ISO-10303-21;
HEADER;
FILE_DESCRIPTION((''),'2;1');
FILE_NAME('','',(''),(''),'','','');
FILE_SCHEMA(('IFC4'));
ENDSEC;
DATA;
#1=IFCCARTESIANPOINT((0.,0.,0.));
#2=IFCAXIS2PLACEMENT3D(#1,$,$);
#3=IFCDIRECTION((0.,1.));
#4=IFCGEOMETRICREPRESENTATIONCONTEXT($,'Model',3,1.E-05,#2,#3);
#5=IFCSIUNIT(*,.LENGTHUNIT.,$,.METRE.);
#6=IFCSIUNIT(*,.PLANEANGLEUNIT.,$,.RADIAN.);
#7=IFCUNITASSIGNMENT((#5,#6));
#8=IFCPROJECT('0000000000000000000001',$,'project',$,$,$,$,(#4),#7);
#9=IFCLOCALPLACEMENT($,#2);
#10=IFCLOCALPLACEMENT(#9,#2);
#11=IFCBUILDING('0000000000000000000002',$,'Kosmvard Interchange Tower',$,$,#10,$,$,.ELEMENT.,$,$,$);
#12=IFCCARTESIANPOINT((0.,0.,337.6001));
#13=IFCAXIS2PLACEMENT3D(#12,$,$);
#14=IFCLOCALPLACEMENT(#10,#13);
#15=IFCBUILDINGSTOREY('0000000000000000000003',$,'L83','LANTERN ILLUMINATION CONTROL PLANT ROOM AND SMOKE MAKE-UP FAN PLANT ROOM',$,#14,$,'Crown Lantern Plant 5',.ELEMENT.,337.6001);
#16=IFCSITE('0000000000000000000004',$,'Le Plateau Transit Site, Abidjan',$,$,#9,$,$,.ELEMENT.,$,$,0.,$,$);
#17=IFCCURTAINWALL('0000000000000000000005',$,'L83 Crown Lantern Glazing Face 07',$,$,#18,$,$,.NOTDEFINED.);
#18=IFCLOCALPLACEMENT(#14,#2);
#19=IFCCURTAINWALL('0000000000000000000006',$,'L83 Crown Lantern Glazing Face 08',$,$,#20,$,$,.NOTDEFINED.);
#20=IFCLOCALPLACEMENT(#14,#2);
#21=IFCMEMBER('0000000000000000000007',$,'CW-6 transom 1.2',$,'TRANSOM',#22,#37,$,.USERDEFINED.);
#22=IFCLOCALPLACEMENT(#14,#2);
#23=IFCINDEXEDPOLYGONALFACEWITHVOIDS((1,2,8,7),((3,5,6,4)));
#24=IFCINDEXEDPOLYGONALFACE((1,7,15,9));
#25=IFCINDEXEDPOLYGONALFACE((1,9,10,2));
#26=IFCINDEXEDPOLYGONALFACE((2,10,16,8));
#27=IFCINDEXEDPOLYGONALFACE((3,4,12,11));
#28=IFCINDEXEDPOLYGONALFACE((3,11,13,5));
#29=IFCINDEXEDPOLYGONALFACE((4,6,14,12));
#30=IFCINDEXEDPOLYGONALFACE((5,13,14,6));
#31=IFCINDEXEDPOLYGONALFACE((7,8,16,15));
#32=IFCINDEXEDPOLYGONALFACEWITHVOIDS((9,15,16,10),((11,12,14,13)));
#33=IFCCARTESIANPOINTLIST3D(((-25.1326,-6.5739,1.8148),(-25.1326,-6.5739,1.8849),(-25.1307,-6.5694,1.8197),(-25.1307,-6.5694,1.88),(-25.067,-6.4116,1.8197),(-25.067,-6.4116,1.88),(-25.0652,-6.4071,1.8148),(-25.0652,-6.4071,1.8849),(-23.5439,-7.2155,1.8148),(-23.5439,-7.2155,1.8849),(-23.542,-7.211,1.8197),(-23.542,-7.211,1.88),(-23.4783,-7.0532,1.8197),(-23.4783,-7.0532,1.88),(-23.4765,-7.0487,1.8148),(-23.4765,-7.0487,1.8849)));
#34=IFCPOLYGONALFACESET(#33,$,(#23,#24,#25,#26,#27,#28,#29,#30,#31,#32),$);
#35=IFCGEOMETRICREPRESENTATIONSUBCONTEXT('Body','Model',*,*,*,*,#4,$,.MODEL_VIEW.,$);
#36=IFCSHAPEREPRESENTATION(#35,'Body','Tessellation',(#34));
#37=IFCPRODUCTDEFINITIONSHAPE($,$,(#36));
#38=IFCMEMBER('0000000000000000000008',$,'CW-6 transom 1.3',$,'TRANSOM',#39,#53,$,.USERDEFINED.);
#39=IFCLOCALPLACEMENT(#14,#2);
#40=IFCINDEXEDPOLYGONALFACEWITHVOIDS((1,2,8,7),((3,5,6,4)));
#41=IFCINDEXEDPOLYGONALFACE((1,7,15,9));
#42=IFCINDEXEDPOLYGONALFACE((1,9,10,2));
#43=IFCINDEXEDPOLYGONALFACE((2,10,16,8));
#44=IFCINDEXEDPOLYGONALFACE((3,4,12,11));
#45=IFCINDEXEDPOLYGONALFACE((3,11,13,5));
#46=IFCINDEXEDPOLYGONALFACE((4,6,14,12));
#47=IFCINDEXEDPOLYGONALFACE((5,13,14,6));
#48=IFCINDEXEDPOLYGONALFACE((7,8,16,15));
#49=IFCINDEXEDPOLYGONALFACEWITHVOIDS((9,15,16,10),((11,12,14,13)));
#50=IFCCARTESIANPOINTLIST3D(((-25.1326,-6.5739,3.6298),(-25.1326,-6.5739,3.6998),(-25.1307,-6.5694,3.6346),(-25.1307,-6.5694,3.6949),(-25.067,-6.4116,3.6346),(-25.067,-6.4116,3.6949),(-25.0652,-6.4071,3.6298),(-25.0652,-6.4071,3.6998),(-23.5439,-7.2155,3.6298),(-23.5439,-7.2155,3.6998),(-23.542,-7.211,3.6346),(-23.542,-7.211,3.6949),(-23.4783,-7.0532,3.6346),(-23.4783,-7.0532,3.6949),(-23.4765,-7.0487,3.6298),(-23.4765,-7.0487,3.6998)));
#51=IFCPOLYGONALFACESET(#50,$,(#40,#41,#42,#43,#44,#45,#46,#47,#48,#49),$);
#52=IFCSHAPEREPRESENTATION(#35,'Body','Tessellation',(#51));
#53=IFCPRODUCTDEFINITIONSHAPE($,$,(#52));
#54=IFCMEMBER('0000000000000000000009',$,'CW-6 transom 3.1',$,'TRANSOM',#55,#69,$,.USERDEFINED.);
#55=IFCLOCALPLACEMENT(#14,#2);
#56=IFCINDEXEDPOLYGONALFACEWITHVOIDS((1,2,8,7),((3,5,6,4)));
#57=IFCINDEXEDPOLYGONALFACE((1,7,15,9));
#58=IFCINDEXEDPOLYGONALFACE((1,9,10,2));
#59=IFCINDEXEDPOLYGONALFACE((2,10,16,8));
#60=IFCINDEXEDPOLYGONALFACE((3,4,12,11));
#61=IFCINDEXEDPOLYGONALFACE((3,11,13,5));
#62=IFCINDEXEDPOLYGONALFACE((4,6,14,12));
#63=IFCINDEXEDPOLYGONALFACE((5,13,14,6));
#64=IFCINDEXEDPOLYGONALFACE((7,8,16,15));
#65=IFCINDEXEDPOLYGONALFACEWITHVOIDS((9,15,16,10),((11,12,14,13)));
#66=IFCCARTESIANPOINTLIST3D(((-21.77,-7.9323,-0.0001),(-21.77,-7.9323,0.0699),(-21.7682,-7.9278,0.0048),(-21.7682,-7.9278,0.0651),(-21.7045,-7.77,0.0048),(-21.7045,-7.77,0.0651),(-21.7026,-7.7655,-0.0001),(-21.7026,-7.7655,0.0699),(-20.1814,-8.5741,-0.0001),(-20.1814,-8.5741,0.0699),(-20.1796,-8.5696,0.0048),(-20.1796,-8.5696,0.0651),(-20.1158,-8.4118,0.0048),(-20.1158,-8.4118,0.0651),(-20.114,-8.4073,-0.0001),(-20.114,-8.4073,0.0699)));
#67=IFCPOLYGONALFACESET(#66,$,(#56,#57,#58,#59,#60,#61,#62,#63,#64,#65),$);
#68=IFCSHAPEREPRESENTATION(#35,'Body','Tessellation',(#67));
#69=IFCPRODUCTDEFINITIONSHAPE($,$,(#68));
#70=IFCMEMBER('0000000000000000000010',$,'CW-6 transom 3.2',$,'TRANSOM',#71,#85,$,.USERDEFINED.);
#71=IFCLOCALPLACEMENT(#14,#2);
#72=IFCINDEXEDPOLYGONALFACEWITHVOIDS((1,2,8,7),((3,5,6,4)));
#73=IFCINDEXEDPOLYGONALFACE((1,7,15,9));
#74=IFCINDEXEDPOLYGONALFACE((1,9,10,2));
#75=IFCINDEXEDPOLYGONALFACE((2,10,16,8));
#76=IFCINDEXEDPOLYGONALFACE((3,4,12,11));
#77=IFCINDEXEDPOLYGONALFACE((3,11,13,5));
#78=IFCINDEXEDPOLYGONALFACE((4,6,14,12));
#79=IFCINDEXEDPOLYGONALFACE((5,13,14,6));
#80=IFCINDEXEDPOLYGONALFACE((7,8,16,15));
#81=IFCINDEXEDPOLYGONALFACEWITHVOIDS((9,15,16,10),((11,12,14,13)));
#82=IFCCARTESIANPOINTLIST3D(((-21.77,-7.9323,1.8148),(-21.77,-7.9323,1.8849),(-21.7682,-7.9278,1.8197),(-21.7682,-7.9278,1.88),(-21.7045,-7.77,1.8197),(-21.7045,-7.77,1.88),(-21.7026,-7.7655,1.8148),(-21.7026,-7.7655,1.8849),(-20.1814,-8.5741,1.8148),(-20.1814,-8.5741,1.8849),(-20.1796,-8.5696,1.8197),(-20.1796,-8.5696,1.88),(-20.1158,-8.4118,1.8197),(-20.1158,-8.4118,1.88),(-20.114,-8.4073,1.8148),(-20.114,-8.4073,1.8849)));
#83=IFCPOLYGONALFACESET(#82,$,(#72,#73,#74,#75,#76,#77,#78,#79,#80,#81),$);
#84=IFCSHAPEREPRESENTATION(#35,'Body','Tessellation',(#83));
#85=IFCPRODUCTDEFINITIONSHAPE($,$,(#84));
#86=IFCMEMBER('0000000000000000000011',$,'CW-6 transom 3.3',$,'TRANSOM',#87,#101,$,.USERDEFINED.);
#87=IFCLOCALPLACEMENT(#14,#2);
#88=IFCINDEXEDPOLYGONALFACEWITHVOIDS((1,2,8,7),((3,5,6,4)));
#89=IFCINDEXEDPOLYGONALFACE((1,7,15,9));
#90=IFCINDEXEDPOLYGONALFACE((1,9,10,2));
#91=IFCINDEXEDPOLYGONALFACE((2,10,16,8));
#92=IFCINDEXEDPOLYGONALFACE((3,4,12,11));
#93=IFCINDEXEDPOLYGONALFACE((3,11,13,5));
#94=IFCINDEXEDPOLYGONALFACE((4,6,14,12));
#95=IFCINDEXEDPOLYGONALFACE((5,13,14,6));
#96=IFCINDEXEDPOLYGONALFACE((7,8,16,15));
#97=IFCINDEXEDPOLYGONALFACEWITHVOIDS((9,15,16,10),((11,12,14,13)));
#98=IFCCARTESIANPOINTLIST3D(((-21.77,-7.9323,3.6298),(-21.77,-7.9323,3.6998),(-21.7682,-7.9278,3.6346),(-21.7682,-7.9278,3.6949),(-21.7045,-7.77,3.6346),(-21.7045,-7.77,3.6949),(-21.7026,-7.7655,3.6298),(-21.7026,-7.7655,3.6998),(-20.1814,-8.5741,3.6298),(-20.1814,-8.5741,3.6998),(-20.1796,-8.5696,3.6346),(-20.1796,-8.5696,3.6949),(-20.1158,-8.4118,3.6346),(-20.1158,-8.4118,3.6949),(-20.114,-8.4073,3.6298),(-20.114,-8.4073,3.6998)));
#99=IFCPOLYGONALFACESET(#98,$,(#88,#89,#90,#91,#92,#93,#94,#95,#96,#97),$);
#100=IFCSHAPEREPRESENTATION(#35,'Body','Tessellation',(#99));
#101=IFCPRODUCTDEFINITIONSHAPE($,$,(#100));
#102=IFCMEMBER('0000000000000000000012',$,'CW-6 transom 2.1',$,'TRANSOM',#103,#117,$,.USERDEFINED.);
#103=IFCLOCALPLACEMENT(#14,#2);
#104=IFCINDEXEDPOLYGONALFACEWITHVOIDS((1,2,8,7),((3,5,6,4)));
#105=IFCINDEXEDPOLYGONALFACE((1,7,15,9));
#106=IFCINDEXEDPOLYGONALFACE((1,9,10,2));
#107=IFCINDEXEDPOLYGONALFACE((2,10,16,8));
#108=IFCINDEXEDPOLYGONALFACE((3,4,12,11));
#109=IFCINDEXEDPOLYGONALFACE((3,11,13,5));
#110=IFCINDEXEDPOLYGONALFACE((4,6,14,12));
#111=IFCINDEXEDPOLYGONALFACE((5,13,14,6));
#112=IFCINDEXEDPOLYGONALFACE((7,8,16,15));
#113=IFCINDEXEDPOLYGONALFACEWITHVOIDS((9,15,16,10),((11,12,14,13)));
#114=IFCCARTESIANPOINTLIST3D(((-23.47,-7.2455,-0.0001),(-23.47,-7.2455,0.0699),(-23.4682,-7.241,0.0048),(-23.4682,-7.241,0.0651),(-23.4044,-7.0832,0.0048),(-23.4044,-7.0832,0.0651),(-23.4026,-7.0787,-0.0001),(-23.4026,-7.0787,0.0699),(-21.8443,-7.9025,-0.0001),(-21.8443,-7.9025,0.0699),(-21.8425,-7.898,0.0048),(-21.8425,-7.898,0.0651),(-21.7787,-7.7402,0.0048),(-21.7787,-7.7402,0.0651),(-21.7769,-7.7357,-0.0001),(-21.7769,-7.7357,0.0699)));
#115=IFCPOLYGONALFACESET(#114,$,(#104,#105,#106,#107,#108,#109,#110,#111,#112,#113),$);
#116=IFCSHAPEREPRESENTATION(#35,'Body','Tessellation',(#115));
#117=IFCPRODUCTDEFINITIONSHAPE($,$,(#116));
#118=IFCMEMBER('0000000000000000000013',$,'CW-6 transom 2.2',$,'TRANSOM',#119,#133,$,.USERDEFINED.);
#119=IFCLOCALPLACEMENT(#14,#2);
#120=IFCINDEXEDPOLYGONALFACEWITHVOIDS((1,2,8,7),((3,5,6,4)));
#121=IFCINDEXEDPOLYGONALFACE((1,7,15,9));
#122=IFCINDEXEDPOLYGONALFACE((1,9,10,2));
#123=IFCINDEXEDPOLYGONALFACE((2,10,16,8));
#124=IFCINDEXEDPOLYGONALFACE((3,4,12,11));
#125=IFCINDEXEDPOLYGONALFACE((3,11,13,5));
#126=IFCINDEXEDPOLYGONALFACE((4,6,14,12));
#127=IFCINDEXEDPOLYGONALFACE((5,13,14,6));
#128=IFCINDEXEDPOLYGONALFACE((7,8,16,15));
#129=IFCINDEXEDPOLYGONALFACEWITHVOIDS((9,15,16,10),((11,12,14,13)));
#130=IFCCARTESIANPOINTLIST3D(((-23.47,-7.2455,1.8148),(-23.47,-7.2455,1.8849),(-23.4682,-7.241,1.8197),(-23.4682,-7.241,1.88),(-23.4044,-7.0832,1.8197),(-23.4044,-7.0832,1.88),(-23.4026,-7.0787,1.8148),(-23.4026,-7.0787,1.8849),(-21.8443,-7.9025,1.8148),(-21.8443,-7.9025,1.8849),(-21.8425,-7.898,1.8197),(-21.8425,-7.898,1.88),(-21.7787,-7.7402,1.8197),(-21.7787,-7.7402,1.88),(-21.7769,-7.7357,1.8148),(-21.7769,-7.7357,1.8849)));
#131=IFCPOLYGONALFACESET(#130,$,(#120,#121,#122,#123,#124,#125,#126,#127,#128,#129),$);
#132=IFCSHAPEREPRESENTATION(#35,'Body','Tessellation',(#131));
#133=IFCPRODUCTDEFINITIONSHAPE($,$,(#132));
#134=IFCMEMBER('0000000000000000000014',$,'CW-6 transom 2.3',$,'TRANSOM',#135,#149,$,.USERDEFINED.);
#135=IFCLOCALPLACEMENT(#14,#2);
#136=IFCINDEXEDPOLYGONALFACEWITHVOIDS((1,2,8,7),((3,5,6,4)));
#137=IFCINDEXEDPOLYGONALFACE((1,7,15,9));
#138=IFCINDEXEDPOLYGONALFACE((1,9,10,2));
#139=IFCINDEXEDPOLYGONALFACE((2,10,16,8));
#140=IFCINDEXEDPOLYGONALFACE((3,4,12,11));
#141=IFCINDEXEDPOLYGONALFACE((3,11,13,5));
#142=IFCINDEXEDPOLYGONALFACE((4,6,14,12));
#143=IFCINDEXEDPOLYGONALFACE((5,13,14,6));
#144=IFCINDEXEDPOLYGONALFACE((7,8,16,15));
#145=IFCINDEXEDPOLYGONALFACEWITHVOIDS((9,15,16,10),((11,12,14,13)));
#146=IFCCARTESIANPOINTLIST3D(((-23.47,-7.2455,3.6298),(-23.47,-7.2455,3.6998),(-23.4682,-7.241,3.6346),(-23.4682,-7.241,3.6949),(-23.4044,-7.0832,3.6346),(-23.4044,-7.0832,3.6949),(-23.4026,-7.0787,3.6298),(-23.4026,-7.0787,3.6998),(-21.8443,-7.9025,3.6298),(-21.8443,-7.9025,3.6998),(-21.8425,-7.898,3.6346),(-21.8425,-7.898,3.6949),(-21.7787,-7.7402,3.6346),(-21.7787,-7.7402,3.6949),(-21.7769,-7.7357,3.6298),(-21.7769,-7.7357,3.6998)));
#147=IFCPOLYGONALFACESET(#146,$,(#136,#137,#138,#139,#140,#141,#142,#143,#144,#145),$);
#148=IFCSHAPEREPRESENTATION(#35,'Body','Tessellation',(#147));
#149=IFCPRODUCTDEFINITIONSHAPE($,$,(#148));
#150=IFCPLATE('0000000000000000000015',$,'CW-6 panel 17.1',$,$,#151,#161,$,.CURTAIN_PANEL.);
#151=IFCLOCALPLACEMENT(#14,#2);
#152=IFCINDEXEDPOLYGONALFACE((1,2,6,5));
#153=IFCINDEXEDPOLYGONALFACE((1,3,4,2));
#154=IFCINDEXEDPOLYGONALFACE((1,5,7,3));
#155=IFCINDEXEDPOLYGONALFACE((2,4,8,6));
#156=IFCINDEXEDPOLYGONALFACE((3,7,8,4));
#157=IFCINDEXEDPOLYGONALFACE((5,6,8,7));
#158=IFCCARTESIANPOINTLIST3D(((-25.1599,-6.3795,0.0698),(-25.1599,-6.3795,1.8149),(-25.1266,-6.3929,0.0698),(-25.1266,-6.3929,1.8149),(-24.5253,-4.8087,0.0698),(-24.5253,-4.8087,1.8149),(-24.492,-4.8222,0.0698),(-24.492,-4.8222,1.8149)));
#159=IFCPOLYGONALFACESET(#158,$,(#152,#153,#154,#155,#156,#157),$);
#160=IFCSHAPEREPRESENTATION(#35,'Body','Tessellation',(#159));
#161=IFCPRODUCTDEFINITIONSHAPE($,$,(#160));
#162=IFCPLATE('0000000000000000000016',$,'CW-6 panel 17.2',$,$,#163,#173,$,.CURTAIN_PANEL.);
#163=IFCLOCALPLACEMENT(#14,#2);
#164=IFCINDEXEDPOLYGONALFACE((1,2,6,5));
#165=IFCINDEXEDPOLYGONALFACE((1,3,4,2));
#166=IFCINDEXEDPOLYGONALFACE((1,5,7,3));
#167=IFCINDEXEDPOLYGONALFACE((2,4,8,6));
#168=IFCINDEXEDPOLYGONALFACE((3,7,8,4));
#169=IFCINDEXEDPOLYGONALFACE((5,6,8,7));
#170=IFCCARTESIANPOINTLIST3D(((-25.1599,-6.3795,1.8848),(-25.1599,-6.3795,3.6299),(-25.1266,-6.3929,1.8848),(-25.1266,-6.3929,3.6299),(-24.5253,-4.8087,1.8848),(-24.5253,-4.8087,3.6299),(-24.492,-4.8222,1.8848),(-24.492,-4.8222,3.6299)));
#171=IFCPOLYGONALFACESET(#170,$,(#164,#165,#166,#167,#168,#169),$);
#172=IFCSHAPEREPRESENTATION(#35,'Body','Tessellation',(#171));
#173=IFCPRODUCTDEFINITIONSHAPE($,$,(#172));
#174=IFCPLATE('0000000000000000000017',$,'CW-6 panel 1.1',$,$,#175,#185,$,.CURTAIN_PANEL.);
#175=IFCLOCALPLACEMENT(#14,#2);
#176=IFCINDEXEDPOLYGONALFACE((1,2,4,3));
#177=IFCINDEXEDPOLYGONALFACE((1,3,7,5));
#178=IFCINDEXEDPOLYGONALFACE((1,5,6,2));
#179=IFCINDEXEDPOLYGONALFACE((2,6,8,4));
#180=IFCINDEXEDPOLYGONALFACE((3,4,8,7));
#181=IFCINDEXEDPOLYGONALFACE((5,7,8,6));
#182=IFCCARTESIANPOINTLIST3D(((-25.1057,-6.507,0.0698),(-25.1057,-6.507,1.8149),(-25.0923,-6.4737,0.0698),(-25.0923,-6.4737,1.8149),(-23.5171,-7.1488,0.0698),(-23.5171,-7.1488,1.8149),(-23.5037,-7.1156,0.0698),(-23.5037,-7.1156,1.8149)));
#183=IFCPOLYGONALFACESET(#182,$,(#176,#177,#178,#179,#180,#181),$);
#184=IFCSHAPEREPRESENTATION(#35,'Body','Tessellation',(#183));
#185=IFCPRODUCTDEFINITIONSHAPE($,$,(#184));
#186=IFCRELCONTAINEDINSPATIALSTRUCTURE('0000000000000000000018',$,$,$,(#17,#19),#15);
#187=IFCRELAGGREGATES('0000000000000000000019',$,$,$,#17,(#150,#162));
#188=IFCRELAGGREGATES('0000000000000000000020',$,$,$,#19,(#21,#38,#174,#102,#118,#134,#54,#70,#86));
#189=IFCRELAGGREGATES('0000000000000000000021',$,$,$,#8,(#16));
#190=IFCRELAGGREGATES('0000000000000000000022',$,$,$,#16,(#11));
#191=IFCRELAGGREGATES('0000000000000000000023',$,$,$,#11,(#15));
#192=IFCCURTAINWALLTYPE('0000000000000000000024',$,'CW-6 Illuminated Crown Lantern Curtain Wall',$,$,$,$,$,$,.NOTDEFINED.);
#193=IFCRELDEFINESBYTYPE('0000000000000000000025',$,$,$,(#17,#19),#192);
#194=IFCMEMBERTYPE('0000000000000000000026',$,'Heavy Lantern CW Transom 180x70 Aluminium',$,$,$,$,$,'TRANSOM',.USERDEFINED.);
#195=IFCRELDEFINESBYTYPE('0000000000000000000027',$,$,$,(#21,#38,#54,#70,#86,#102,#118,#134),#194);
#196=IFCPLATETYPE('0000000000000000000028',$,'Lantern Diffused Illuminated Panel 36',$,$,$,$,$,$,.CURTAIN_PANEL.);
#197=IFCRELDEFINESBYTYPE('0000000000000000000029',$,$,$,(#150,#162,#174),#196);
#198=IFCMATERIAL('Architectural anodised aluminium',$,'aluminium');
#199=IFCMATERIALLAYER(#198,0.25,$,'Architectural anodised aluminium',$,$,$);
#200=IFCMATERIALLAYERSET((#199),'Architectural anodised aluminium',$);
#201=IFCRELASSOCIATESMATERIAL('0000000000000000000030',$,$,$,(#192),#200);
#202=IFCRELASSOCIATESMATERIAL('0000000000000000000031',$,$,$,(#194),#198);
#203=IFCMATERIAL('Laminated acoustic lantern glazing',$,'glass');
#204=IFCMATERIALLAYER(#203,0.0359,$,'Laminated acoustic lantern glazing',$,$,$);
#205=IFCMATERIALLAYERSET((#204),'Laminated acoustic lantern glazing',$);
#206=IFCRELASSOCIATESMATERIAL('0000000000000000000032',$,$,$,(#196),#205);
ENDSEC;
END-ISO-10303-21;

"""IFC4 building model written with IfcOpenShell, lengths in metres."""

from ifc_helpers import new_model, si_unit, direction, frame, origin, origin_2d, place, context, subcontext, project, spatial, rectangle, hollow_rectangle, extrude, source, transform, mapped, material, layer, layer_set, material_profile, profile_set, type_object, element, aggregate, save


model = new_model("IFC4")

# Units and contexts
model_context = context("Model", 3, precision=1e-05, world=origin(), true_north=direction((0.0, 1.0)))
body_context = subcontext(model_context, "Body", "Model", "MODEL_VIEW")
ifc_project = project(units=[si_unit("LENGTHUNIT", "METRE"), si_unit("PLANEANGLEUNIT", "RADIAN")], contexts=[model_context])

# Site, building, storey
site_placement = place(None, origin())
site = spatial("IfcSite", under=ifc_project, at=site_placement, Name="Le Plateau Transit Site, Abidjan", CompositionType="ELEMENT", RefElevation=0.0)
building_placement = place(site_placement, origin())
building = spatial("IfcBuilding", under=site, at=building_placement, Name="Kosmvard Interchange Tower", CompositionType="ELEMENT")
storey_placement = place(building_placement, frame((0.0, 0.0, 337.6001)))
storey = spatial("IfcBuildingStorey", under=building, at=storey_placement, Name="L83", Description="LANTERN ILLUMINATION CONTROL PLANT ROOM AND SMOKE MAKE-UP FAN PLANT ROOM", LongName="Crown Lantern Plant 5", CompositionType="ELEMENT", Elevation=337.6001)

# Curtain wall
ifc_material_1 = material(Name="Architectural anodised aluminium", Category="aluminium")
ifc_layer_1 = layer(ifc_material_1, 0.25, Name="Architectural anodised aluminium")
ifc_layer_set_1 = layer_set([ifc_layer_1], Name="Architectural anodised aluminium")
curtain_wall_type = type_object("IfcCurtainWallType", Name="CW-6 Illuminated Crown Lantern Curtain Wall", PredefinedType="NOTDEFINED", material=ifc_layer_set_1)
curtain_wall_1_placement = place(storey_placement, origin())
curtain_wall_1 = element("IfcCurtainWall", 1, at=curtain_wall_1_placement, inside=storey, type_object=curtain_wall_type, Name="L83 Crown Lantern Glazing Face 07", PredefinedType="NOTDEFINED")

# Curtain wall, members
curtain_wall_2_placement = place(storey_placement, origin())
curtain_wall_2 = element("IfcCurtainWall", 2, at=curtain_wall_2_placement, inside=storey, type_object=curtain_wall_type, Name="L83 Crown Lantern Glazing Face 08", PredefinedType="NOTDEFINED")
ifc_material_profile_1 = material_profile(ifc_material_1, hollow_rectangle(XDim=0.1799, YDim=0.0701, WallThickness=0.0049, at=origin_2d()), Name="CWT 180x70x5")
ifc_profile_set_1 = profile_set([ifc_material_profile_1], Name="Architectural anodised aluminium")
member_type_1 = type_object("IfcMemberType", Name="Heavy Lantern CW Transom 180x70 Aluminium", ElementType="TRANSOM", PredefinedType="USERDEFINED", material=ifc_profile_set_1)
shared_shape_1 = source(origin(), body_context, "Body", "SweptSolid", [
    extrude(hollow_rectangle(XDim=0.1799, YDim=0.0701, WallThickness=0.0049, at=origin_2d()), origin(), (0.0, 0.0, 1.0), 1.7134),
])
member_1_placement = place(storey_placement, frame((-25.0989, -6.4905, 1.8499), z_axis=(0.927233, -0.374484, 0.0), x_axis=(0.374484, 0.927233, 0.0)))
member_1 = element("IfcMember", 3, at=member_1_placement, type_object=member_type_1, Name="CW-6 transom 1.2", ObjectType="TRANSOM", PredefinedType="USERDEFINED", context=body_context, shape_type="MappedRepresentation", body=[
    mapped(shared_shape_1, transform((0.0, 0.0, 0.0), scale=1.0)),
])
member_2_placement = place(storey_placement, frame((-25.0989, -6.4905, 3.6648), z_axis=(0.927233, -0.374484, 0.0), x_axis=(0.374484, 0.927233, 0.0)))
member_2 = element("IfcMember", 4, at=member_2_placement, type_object=member_type_1, Name="CW-6 transom 1.3", ObjectType="TRANSOM", PredefinedType="USERDEFINED", context=body_context, shape_type="MappedRepresentation", body=[
    mapped(shared_shape_1, transform((0.0, 0.0, 0.0), scale=1.0)),
])
member_3_placement = place(storey_placement, frame((-21.7363, -7.8489, 0.0349), z_axis=(0.927184, -0.374607, 0.0), x_axis=(0.374607, 0.927184, 0.0)))
member_3 = element("IfcMember", 5, at=member_3_placement, type_object=member_type_1, Name="CW-6 transom 3.1", ObjectType="TRANSOM", PredefinedType="USERDEFINED", context=body_context, shape_type="MappedRepresentation", body=[
    mapped(shared_shape_1, transform((0.0, 0.0, 0.0), scale=1.0)),
])
member_4_placement = place(storey_placement, frame((-21.7363, -7.8489, 1.8499), z_axis=(0.927184, -0.374607, 0.0), x_axis=(0.374607, 0.927184, 0.0)))
member_4 = element("IfcMember", 6, at=member_4_placement, type_object=member_type_1, Name="CW-6 transom 3.2", ObjectType="TRANSOM", PredefinedType="USERDEFINED", context=body_context, shape_type="MappedRepresentation", body=[
    mapped(shared_shape_1, transform((0.0, 0.0, 0.0), scale=1.0)),
])
member_5_placement = place(storey_placement, frame((-21.7363, -7.8489, 3.6648), z_axis=(0.927184, -0.374607, 0.0), x_axis=(0.374607, 0.927184, 0.0)))
member_5 = element("IfcMember", 7, at=member_5_placement, type_object=member_type_1, Name="CW-6 transom 3.3", ObjectType="TRANSOM", PredefinedType="USERDEFINED", context=body_context, shape_type="MappedRepresentation", body=[
    mapped(shared_shape_1, transform((0.0, 0.0, 0.0), scale=1.0)),
])
shared_shape_2 = source(origin(), body_context, "Body", "SweptSolid", [
    extrude(hollow_rectangle(XDim=0.1799, YDim=0.0701, WallThickness=0.0049, at=origin_2d()), origin(), (0.0, 0.0, 1.0), 1.7534),
])
member_6_placement = place(storey_placement, frame((-23.4363, -7.1621, 0.0349), z_axis=(0.927155, -0.374677, 0.0), x_axis=(0.374677, 0.927155, 0.0)))
member_6 = element("IfcMember", 8, at=member_6_placement, type_object=member_type_1, Name="CW-6 transom 2.1", ObjectType="TRANSOM", PredefinedType="USERDEFINED", context=body_context, shape_type="MappedRepresentation", body=[
    mapped(shared_shape_2, transform((0.0, 0.0, 0.0), scale=1.0)),
])
member_7_placement = place(storey_placement, frame((-23.4363, -7.1621, 1.8499), z_axis=(0.927155, -0.374677, 0.0), x_axis=(0.374677, 0.927155, 0.0)))
member_7 = element("IfcMember", 9, at=member_7_placement, type_object=member_type_1, Name="CW-6 transom 2.2", ObjectType="TRANSOM", PredefinedType="USERDEFINED", context=body_context, shape_type="MappedRepresentation", body=[
    mapped(shared_shape_2, transform((0.0, 0.0, 0.0), scale=1.0)),
])
member_8_placement = place(storey_placement, frame((-23.4363, -7.1621, 3.6648), z_axis=(0.927155, -0.374677, 0.0), x_axis=(0.374677, 0.927155, 0.0)))
member_8 = element("IfcMember", 10, at=member_8_placement, type_object=member_type_1, Name="CW-6 transom 2.3", ObjectType="TRANSOM", PredefinedType="USERDEFINED", context=body_context, shape_type="MappedRepresentation", body=[
    mapped(shared_shape_2, transform((0.0, 0.0, 0.0), scale=1.0)),
])

# Plates
ifc_material_2 = material(Name="Laminated acoustic lantern glazing", Category="glass")
ifc_layer_2 = layer(ifc_material_2, 0.0359, Name="Laminated acoustic lantern glazing")
ifc_layer_set_2 = layer_set([ifc_layer_2], Name="Laminated acoustic lantern glazing")
plate_type = type_object("IfcPlateType", Name="Lantern Diffused Illuminated Panel 36", PredefinedType="CURTAIN_PANEL", material=ifc_layer_set_2)
shared_shape_3 = source(origin(), body_context, "Body", "SweptSolid", [
    extrude(rectangle(XDim=1.6941, YDim=0.0359, at=origin_2d()), origin(), (0.0, 0.0, 1.0), 1.7451),
])
plate_1_placement = place(storey_placement, frame((-24.8259, -5.6008, 0.0698), z_axis=(0.0, 0.0, 1.0), x_axis=(-0.374607, -0.927184, 0.0)))
plate_1 = element("IfcPlate", 11, at=plate_1_placement, type_object=plate_type, Name="CW-6 panel 17.1", PredefinedType="CURTAIN_PANEL", context=body_context, shape_type="MappedRepresentation", body=[
    mapped(shared_shape_3, transform((0.0, 0.0, 0.0), scale=1.0)),
])
plate_2_placement = place(storey_placement, frame((-24.8259, -5.6008, 1.8848), z_axis=(0.0, 0.0, 1.0), x_axis=(-0.374607, -0.927184, 0.0)))
plate_2 = element("IfcPlate", 12, at=plate_2_placement, type_object=plate_type, Name="CW-6 panel 17.2", PredefinedType="CURTAIN_PANEL", context=body_context, shape_type="MappedRepresentation", body=[
    mapped(shared_shape_3, transform((0.0, 0.0, 0.0), scale=1.0)),
])
aggregate(curtain_wall_1, [plate_1, plate_2])
shared_shape_4 = source(origin(), body_context, "Body", "SweptSolid", [
    extrude(rectangle(XDim=1.7134, YDim=0.0359, at=origin_2d()), origin(), (0.0, 0.0, 1.0), 1.7451),
])
plate_3_placement = place(storey_placement, frame((-24.3047, -6.8113, 0.0698), z_axis=(0.0, 0.0, 1.0), x_axis=(0.927184, -0.374607, 0.0)))
plate_3 = element("IfcPlate", 13, at=plate_3_placement, type_object=plate_type, Name="CW-6 panel 1.1", PredefinedType="CURTAIN_PANEL", context=body_context, shape_type="MappedRepresentation", body=[
    mapped(shared_shape_4, transform((0.0, 0.0, 0.0), scale=1.0)),
])
aggregate(curtain_wall_2, [member_1, member_2, plate_3, member_6, member_7, member_8, member_3, member_4, member_5])

save(model, "model.ifc")
